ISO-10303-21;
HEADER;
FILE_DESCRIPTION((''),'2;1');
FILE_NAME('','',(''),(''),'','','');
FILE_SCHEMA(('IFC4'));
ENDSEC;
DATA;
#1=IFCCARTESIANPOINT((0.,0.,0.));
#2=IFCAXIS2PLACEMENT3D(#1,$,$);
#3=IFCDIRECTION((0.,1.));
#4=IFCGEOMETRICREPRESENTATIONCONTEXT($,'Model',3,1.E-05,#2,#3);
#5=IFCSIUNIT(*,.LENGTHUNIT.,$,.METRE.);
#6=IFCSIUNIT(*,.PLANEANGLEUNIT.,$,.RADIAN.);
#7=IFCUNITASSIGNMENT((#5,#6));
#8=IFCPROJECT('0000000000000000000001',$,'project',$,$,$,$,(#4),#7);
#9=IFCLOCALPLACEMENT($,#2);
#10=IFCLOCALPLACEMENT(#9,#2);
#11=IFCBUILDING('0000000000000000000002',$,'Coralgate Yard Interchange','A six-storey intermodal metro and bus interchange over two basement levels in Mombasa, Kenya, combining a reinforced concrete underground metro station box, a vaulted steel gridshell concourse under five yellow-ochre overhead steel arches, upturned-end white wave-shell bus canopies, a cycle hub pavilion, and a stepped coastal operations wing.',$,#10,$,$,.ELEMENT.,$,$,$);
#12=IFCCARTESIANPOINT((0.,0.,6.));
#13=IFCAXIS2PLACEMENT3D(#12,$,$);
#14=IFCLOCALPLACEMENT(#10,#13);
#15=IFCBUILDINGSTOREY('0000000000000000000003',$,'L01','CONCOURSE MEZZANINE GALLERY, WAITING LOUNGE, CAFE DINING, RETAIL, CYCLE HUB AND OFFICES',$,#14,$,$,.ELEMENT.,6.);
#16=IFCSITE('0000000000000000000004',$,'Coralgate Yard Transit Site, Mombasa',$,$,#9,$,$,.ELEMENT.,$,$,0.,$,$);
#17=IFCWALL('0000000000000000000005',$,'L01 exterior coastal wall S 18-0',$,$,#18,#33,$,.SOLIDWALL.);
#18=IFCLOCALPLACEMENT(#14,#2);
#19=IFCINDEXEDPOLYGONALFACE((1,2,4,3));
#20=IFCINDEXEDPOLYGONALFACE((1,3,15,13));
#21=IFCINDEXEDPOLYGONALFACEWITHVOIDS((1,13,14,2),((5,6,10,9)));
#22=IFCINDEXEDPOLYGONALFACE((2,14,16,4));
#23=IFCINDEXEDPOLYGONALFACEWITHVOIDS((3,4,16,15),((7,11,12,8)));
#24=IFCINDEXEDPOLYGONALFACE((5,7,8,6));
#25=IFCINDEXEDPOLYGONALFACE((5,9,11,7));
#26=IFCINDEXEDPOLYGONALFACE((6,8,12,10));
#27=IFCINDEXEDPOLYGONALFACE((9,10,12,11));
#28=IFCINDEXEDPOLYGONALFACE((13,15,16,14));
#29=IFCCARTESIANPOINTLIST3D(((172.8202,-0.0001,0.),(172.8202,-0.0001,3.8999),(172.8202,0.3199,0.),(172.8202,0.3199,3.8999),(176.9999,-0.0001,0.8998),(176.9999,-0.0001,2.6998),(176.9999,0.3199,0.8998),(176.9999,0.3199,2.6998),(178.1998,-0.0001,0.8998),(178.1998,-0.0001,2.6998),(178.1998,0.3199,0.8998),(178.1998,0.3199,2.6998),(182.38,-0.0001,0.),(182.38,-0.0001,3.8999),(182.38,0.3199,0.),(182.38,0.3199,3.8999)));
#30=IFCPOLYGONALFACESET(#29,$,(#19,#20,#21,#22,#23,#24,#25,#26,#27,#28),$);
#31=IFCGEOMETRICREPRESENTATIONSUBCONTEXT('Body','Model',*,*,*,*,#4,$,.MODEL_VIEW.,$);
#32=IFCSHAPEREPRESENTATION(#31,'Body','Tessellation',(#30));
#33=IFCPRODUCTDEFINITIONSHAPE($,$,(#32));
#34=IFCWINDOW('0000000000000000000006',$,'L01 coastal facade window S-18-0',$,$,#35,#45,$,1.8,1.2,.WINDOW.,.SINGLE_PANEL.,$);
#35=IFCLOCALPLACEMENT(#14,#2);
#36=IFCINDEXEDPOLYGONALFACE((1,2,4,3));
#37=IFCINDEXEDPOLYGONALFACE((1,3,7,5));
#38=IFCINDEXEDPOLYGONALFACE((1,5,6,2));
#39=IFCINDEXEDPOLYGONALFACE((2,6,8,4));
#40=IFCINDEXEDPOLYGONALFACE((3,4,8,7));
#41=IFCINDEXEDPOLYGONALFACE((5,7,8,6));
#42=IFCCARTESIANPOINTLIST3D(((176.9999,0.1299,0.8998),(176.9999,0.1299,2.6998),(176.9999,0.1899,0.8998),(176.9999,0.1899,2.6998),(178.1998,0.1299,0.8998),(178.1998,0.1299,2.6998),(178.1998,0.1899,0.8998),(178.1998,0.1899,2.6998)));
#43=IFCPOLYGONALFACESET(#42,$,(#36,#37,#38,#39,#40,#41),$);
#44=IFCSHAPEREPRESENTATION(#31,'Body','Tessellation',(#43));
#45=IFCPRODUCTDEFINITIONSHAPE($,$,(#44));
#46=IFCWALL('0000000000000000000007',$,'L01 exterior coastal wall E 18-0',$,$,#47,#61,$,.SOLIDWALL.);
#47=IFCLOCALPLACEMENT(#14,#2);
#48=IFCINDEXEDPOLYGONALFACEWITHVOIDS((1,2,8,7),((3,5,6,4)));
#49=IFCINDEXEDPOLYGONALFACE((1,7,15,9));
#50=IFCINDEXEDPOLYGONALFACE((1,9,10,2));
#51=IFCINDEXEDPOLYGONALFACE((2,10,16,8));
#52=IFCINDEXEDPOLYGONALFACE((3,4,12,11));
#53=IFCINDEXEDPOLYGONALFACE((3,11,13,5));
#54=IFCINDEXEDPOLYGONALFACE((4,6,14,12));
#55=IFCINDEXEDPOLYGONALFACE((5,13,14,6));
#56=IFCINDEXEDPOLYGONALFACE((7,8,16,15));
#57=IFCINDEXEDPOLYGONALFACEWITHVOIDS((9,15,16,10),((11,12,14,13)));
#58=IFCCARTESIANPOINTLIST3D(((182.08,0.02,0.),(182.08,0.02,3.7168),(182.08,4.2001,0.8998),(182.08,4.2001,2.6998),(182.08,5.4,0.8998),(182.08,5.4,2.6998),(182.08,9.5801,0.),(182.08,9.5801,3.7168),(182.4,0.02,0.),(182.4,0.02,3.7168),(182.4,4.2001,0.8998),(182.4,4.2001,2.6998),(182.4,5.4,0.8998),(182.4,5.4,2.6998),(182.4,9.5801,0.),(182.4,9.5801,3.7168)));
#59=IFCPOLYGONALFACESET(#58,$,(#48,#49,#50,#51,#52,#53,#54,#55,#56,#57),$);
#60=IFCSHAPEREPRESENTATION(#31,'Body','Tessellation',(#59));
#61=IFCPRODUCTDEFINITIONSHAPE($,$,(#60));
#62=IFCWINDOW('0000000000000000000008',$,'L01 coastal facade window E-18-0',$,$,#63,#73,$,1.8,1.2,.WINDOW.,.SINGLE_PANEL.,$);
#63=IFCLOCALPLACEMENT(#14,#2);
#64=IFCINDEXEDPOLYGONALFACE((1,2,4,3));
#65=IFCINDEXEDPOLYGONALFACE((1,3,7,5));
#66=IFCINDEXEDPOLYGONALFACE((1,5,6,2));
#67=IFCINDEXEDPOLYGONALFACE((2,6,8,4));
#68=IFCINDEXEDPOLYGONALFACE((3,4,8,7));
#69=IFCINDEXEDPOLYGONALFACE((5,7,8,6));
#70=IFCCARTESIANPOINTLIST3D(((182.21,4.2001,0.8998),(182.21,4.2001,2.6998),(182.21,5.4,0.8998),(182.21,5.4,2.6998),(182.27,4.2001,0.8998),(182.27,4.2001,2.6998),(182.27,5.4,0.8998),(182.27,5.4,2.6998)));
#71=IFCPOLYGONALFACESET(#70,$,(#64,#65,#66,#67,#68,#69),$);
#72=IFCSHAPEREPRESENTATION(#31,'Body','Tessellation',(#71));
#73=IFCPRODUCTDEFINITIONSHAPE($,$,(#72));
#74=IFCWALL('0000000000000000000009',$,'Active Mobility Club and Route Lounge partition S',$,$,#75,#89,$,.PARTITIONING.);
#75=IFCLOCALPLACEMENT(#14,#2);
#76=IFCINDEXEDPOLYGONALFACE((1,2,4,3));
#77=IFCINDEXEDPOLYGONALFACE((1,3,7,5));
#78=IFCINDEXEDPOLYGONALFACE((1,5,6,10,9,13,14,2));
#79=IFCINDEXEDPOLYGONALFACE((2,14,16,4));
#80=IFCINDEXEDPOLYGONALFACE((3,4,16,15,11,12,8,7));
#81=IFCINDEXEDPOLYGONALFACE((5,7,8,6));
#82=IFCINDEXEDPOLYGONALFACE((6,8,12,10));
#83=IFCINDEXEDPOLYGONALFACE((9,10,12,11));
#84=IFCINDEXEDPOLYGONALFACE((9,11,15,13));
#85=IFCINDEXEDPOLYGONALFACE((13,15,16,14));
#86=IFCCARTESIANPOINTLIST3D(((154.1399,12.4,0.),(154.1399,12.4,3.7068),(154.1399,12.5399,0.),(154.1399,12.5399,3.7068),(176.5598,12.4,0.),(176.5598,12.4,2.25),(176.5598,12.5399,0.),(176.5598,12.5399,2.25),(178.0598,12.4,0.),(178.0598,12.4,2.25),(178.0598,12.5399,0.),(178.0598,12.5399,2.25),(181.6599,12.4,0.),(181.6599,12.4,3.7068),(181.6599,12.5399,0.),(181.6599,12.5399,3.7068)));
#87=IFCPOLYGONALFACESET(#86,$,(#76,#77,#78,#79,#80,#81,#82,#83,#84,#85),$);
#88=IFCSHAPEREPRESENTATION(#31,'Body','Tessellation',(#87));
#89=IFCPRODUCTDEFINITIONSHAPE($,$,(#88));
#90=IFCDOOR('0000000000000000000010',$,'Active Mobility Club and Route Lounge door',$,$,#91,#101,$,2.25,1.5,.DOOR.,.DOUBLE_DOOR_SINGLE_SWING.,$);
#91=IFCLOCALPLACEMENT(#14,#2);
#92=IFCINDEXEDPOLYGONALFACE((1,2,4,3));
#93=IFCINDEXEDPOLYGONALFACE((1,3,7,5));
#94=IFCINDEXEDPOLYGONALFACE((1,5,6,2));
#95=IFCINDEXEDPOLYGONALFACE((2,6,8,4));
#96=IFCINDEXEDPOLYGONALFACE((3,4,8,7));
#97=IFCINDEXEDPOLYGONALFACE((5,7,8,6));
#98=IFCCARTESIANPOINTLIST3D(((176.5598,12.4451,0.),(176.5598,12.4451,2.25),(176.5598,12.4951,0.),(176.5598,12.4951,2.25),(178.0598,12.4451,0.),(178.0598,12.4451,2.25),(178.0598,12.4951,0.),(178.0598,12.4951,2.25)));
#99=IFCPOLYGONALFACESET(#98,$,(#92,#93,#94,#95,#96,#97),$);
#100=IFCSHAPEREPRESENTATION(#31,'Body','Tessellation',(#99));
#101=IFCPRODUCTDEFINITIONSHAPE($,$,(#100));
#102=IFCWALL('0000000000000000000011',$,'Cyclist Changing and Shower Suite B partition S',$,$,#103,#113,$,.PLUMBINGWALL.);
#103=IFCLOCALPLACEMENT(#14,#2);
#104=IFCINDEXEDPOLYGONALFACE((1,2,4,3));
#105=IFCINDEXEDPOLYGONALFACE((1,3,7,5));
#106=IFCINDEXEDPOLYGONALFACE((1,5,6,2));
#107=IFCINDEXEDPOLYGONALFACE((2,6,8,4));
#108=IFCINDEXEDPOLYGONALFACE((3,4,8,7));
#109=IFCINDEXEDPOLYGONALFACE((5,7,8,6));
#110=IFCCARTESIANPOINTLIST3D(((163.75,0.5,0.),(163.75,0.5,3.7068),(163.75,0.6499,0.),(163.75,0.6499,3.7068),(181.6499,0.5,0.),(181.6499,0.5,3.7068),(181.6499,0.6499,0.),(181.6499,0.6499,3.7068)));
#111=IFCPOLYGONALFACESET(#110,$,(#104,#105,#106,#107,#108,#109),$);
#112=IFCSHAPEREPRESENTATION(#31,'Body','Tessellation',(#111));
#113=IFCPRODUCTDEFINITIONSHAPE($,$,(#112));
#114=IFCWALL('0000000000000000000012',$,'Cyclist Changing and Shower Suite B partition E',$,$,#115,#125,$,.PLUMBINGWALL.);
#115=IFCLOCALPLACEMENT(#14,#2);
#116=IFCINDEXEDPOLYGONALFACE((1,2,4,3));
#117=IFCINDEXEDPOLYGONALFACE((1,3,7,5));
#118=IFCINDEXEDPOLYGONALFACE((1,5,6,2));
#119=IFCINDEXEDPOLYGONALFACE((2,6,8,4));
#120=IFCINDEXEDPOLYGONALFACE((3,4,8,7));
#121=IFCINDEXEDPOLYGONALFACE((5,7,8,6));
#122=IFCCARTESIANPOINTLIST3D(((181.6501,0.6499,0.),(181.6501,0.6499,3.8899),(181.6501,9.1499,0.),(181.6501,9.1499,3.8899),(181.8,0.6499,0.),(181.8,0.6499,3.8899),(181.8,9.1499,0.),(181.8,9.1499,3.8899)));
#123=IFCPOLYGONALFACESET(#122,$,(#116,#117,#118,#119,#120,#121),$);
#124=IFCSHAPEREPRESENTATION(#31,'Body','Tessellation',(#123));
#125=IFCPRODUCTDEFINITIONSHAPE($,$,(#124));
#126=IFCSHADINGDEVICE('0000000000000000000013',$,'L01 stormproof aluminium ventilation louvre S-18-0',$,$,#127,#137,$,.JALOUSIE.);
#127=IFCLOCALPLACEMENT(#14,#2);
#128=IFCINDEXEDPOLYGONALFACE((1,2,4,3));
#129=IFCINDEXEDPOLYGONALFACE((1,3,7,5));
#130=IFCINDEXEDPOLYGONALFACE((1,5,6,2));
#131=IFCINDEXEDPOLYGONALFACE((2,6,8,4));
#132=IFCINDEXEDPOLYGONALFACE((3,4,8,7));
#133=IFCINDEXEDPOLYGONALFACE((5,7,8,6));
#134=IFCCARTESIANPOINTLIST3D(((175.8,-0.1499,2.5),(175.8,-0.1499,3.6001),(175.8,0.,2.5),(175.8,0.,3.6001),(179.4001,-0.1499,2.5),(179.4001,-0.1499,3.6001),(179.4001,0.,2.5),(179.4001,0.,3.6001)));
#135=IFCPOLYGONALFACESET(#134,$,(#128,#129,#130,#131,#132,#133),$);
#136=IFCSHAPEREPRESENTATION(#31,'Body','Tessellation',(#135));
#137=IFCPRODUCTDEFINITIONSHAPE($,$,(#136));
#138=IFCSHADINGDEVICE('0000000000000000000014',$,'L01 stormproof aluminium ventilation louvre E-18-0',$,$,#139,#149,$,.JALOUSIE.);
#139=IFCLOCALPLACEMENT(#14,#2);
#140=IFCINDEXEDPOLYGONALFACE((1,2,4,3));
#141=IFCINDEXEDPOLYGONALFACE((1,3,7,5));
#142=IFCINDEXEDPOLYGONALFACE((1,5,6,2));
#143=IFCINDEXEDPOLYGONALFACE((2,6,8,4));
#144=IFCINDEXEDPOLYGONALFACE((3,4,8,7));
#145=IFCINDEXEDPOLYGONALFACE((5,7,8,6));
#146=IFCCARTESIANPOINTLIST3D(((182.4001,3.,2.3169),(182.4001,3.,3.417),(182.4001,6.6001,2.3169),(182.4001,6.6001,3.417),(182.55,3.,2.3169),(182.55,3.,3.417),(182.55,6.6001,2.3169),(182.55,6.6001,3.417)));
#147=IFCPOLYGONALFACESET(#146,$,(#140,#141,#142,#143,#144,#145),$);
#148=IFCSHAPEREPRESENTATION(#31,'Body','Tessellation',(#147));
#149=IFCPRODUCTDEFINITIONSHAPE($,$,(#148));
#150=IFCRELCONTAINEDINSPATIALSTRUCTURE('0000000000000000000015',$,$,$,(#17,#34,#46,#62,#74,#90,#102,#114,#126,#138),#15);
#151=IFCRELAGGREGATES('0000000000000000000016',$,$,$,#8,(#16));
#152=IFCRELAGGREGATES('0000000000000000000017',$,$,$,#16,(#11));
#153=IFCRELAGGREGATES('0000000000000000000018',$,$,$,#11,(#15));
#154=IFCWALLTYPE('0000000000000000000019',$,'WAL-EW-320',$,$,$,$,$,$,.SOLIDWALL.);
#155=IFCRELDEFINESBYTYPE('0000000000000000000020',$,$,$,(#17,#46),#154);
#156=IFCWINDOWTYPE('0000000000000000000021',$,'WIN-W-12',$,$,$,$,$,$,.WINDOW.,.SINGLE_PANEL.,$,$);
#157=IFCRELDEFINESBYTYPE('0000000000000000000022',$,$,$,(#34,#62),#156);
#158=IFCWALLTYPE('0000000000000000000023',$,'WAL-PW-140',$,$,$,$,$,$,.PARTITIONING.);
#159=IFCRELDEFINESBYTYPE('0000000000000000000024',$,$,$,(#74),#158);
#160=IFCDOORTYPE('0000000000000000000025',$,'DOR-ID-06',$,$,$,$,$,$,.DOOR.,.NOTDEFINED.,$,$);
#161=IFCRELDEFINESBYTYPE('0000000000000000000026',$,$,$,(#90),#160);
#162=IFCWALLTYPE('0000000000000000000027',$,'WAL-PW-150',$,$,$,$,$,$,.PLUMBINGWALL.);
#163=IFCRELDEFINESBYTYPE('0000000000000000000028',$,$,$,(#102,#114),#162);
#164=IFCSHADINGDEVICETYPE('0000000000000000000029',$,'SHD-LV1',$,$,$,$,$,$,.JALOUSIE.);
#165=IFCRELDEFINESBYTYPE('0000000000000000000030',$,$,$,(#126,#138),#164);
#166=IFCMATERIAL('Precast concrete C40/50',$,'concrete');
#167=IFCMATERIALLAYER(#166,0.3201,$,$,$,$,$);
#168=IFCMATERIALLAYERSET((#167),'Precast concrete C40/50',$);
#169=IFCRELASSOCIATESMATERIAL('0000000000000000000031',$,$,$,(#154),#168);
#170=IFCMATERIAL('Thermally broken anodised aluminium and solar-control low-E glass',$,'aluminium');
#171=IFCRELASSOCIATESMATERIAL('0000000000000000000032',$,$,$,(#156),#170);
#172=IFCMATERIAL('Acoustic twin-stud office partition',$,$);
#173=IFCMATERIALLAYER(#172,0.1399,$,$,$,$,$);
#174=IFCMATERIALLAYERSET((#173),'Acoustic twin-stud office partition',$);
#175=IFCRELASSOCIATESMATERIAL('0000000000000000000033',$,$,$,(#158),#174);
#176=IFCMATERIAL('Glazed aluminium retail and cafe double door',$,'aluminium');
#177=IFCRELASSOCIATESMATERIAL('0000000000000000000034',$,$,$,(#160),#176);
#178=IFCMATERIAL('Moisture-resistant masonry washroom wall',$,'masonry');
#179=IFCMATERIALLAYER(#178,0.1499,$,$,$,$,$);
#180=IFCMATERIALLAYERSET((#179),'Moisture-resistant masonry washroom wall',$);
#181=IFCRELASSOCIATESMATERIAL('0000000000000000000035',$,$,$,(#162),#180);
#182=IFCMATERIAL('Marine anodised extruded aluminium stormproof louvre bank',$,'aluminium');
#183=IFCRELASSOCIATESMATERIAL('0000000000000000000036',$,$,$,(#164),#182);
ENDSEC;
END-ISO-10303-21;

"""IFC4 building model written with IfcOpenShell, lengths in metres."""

from ifc_helpers import new_model, si_unit, direction, frame, frame_2d, origin, origin_2d, place, context, subcontext, project, spatial, rectangle, extrude, material, layer, layer_set, type_object, element, fill, save


model = new_model("IFC4")

# Units and contexts
model_context = context("Model", 3, precision=1e-05, world=origin(), true_north=direction((0.0, 1.0)))
body_context = subcontext(model_context, "Body", "Model", "MODEL_VIEW")
ifc_project = project(units=[si_unit("LENGTHUNIT", "METRE"), si_unit("PLANEANGLEUNIT", "RADIAN")], contexts=[model_context])

# Site, building, storey
site_placement = place(None, origin())
site = spatial("IfcSite", under=ifc_project, at=site_placement, Name="Coralgate Yard Transit Site, Mombasa", CompositionType="ELEMENT", RefElevation=0.0)
building_placement = place(site_placement, origin())
building = spatial("IfcBuilding", under=site, at=building_placement, Name="Coralgate Yard Interchange", Description="A six-storey intermodal metro and bus interchange over two basement levels in Mombasa, Kenya, combining a reinforced concrete underground metro station box, a vaulted steel gridshell concourse under five yellow-ochre overhead steel arches, upturned-end white wave-shell bus canopies, a cycle hub pavilion, and a stepped coastal operations wing.", CompositionType="ELEMENT")
storey_placement = place(building_placement, frame((0.0, 0.0, 6.0)))
storey = spatial("IfcBuildingStorey", under=building, at=storey_placement, Name="L01", Description="CONCOURSE MEZZANINE GALLERY, WAITING LOUNGE, CAFE DINING, RETAIL, CYCLE HUB AND OFFICES", CompositionType="ELEMENT", Elevation=6.0)

# Walls, openings, windows
ifc_material_1 = material(Name="Precast concrete C40/50", Category="concrete")
ifc_layer_1 = layer(ifc_material_1, 0.3201)
ifc_layer_set_1 = layer_set([ifc_layer_1], Name="Precast concrete C40/50")
wall_type_1 = type_object("IfcWallType", Name="WAL-EW-320", PredefinedType="SOLIDWALL", material=ifc_layer_set_1)
wall_1_placement = place(storey_placement, frame((182.3799, 0.1599, 0.0), z_axis=(0.0, 0.0, 1.0), x_axis=(-1.0, 0.0, 0.0)))
wall_1 = element("IfcWall", 1, at=wall_1_placement, inside=storey, type_object=wall_type_1, Name="L01 exterior coastal wall S 18-0", PredefinedType="SOLIDWALL", context=body_context, shape_type="SweptSolid", body=[
    extrude(rectangle(XDim=9.5598, YDim=0.3201, at=frame_2d((4.7798, 0.0))), origin(), (0.0, 0.0, 1.0), 3.8999),
])
opening_1_placement = place(wall_1_placement, frame((4.1799, 0.0, 0.8999)))
opening_1 = element("IfcOpeningElement", 2, at=opening_1_placement, cuts=wall_1, PredefinedType="OPENING", context=body_context, shape_type="SweptSolid", body=[
    extrude(rectangle(XDim=1.2, YDim=1.8, at=frame_2d((0.6001, 0.8999))), frame((0.0, 0.1699, 0.0), z_axis=(0.0, -1.0, 0.0), x_axis=(1.0, 0.0, 0.0)), (0.0, 0.0, 1.0), 0.3401),
])
ifc_material_2 = material(Name="Thermally broken anodised aluminium and solar-control low-E glass", Category="aluminium")
window_type = type_object("IfcWindowType", Name="WIN-W-12", PartitioningType="SINGLE_PANEL", PredefinedType="WINDOW", material=ifc_material_2)
window_1_placement = place(opening_1_placement, origin())
window_1 = element("IfcWindow", 3, at=window_1_placement, inside=storey, type_object=window_type, Name="L01 coastal facade window S-18-0", OverallHeight=1.8, OverallWidth=1.2, PartitioningType="SINGLE_PANEL", PredefinedType="WINDOW", context=body_context, shape_type="SweptSolid", body=[
    extrude(rectangle(XDim=1.2, YDim=1.8, at=frame_2d((0.6001, 0.8999))), frame((0.0, 0.03, 0.0), z_axis=(0.0, -1.0, 0.0), x_axis=(1.0, 0.0, 0.0)), (0.0, 0.0, 1.0), 0.0601),
])
fill(opening_1, window_1)
wall_2_placement = place(storey_placement, frame((182.24, 9.5801, 0.0), z_axis=(0.0, 0.0, 1.0), x_axis=(0.0, -1.0, 0.0)))
wall_2 = element("IfcWall", 4, at=wall_2_placement, inside=storey, type_object=wall_type_1, Name="L01 exterior coastal wall E 18-0", PredefinedType="SOLIDWALL", context=body_context, shape_type="SweptSolid", body=[
    extrude(rectangle(XDim=9.5601, YDim=0.3201, at=frame_2d((4.78, 0.0))), origin(), (0.0, 0.0, 1.0), 3.7168),
])
opening_2_placement = place(wall_2_placement, frame((4.1799, 0.0, 0.8999)))
opening_2 = element("IfcOpeningElement", 5, at=opening_2_placement, cuts=wall_2, PredefinedType="OPENING", context=body_context, shape_type="SweptSolid", body=[
    extrude(rectangle(XDim=1.2, YDim=1.8, at=frame_2d((0.6001, 0.8999))), frame((0.0, 0.1699, 0.0), z_axis=(0.0, -1.0, 0.0), x_axis=(1.0, 0.0, 0.0)), (0.0, 0.0, 1.0), 0.3401),
])
window_2_placement = place(opening_2_placement, origin())
window_2 = element("IfcWindow", 6, at=window_2_placement, inside=storey, type_object=window_type, Name="L01 coastal facade window E-18-0", OverallHeight=1.8, OverallWidth=1.2, PartitioningType="SINGLE_PANEL", PredefinedType="WINDOW", context=body_context, shape_type="SweptSolid", body=[
    extrude(rectangle(XDim=1.2, YDim=1.8, at=frame_2d((0.6001, 0.8999))), frame((0.0, 0.03, 0.0), z_axis=(0.0, -1.0, 0.0), x_axis=(1.0, 0.0, 0.0)), (0.0, 0.0, 1.0), 0.0601),
])
fill(opening_2, window_2)

# Wall, opening, door
ifc_material_3 = material(Name="Acoustic twin-stud office partition")
ifc_layer_2 = layer(ifc_material_3, 0.1399)
ifc_layer_set_2 = layer_set([ifc_layer_2], Name="Acoustic twin-stud office partition")
wall_type_2 = type_object("IfcWallType", Name="WAL-PW-140", PredefinedType="PARTITIONING", material=ifc_layer_set_2)
wall_3_placement = place(storey_placement, frame((181.6599, 12.47, 0.0), z_axis=(0.0, 0.0, 1.0), x_axis=(-1.0, 0.0, 0.0)))
wall_3 = element("IfcWall", 7, at=wall_3_placement, inside=storey, type_object=wall_type_2, Name="Active Mobility Club and Route Lounge partition S", PredefinedType="PARTITIONING", context=body_context, shape_type="SweptSolid", body=[
    extrude(rectangle(XDim=27.52, YDim=0.1399, at=frame_2d((13.76, 0.0))), origin(), (0.0, 0.0, 1.0), 3.7068),
])
opening_3_placement = place(wall_3_placement, frame((3.6001, 0.0, 0.0)))
opening_3 = element("IfcOpeningElement", 8, at=opening_3_placement, cuts=wall_3, PredefinedType="OPENING", context=body_context, shape_type="SweptSolid", body=[
    extrude(rectangle(XDim=1.5, YDim=2.25, at=frame_2d((0.75, 1.125))), frame((0.0, 0.0798, 0.0), z_axis=(0.0, -1.0, 0.0), x_axis=(1.0, 0.0, 0.0)), (0.0, 0.0, 1.0), 0.1599),
])
ifc_material_4 = material(Name="Glazed aluminium retail and cafe double door", Category="aluminium")
door_type = type_object("IfcDoorType", Name="DOR-ID-06", OperationType="NOTDEFINED", PredefinedType="DOOR", material=ifc_material_4)
door_placement = place(opening_3_placement, origin())
door = element("IfcDoor", 9, at=door_placement, inside=storey, type_object=door_type, Name="Active Mobility Club and Route Lounge door", OperationType="DOUBLE_DOOR_SINGLE_SWING", OverallHeight=2.25, OverallWidth=1.5, PredefinedType="DOOR", context=body_context, shape_type="SweptSolid", body=[
    extrude(rectangle(XDim=1.5, YDim=2.25, at=frame_2d((0.75, 1.125))), frame((0.0, 0.0249, 0.0), z_axis=(0.0, -1.0, 0.0), x_axis=(1.0, 0.0, 0.0)), (0.0, 0.0, 1.0), 0.05),
])
fill(opening_3, door)

# Walls
ifc_material_5 = material(Name="Moisture-resistant masonry washroom wall", Category="masonry")
ifc_layer_3 = layer(ifc_material_5, 0.1499)
ifc_layer_set_3 = layer_set([ifc_layer_3], Name="Moisture-resistant masonry washroom wall")
wall_type_3 = type_object("IfcWallType", Name="WAL-PW-150", PredefinedType="PLUMBINGWALL", material=ifc_layer_set_3)
wall_4_placement = place(storey_placement, frame((181.6499, 0.575, 0.0), z_axis=(0.0, 0.0, 1.0), x_axis=(-1.0, 0.0, 0.0)))
element("IfcWall", 10, at=wall_4_placement, inside=storey, type_object=wall_type_3, Name="Cyclist Changing and Shower Suite B partition S", PredefinedType="PLUMBINGWALL", context=body_context, shape_type="SweptSolid", body=[
    extrude(rectangle(XDim=17.8999, YDim=0.1499, at=frame_2d((8.95, 0.0))), origin(), (0.0, 0.0, 1.0), 3.7068),
])
wall_5_placement = place(storey_placement, frame((181.7251, 9.1499, 0.0), z_axis=(0.0, 0.0, 1.0), x_axis=(0.0, -1.0, 0.0)))
element("IfcWall", 11, at=wall_5_placement, inside=storey, type_object=wall_type_3, Name="Cyclist Changing and Shower Suite B partition E", PredefinedType="PLUMBINGWALL", context=body_context, shape_type="SweptSolid", body=[
    extrude(rectangle(XDim=8.5, YDim=0.1499, at=frame_2d((4.25, 0.0))), origin(), (0.0, 0.0, 1.0), 3.8899),
])

# Shading devices
ifc_material_6 = material(Name="Marine anodised extruded aluminium stormproof louvre bank", Category="aluminium")
shading_device_type = type_object("IfcShadingDeviceType", Name="SHD-LV1", PredefinedType="JALOUSIE", material=ifc_material_6)
for number, where, z_axis, x_axis, name in (
    (12, (177.6001, -0.075, 2.5), (0.0, 0.0, 1.0), (-1.0, 0.0, 0.0), "L01 stormproof aluminium ventilation louvre S-18-0"),
    (13, (182.4751, 4.8, 2.3169), (0.0, 0.0, 1.0), (0.0, -1.0, 0.0), "L01 stormproof aluminium ventilation louvre E-18-0"),
):
    element("IfcShadingDevice", number, at=place(storey_placement, frame(where, z_axis=z_axis, x_axis=x_axis)), inside=storey, type_object=shading_device_type, Name=name, PredefinedType="JALOUSIE", context=body_context, shape_type="SweptSolid", body=[
        extrude(rectangle(XDim=3.6001, YDim=0.1499, at=origin_2d()), origin(), (0.0, 0.0, 1.0), 1.1001),
    ])

save(model, "model.ifc")
